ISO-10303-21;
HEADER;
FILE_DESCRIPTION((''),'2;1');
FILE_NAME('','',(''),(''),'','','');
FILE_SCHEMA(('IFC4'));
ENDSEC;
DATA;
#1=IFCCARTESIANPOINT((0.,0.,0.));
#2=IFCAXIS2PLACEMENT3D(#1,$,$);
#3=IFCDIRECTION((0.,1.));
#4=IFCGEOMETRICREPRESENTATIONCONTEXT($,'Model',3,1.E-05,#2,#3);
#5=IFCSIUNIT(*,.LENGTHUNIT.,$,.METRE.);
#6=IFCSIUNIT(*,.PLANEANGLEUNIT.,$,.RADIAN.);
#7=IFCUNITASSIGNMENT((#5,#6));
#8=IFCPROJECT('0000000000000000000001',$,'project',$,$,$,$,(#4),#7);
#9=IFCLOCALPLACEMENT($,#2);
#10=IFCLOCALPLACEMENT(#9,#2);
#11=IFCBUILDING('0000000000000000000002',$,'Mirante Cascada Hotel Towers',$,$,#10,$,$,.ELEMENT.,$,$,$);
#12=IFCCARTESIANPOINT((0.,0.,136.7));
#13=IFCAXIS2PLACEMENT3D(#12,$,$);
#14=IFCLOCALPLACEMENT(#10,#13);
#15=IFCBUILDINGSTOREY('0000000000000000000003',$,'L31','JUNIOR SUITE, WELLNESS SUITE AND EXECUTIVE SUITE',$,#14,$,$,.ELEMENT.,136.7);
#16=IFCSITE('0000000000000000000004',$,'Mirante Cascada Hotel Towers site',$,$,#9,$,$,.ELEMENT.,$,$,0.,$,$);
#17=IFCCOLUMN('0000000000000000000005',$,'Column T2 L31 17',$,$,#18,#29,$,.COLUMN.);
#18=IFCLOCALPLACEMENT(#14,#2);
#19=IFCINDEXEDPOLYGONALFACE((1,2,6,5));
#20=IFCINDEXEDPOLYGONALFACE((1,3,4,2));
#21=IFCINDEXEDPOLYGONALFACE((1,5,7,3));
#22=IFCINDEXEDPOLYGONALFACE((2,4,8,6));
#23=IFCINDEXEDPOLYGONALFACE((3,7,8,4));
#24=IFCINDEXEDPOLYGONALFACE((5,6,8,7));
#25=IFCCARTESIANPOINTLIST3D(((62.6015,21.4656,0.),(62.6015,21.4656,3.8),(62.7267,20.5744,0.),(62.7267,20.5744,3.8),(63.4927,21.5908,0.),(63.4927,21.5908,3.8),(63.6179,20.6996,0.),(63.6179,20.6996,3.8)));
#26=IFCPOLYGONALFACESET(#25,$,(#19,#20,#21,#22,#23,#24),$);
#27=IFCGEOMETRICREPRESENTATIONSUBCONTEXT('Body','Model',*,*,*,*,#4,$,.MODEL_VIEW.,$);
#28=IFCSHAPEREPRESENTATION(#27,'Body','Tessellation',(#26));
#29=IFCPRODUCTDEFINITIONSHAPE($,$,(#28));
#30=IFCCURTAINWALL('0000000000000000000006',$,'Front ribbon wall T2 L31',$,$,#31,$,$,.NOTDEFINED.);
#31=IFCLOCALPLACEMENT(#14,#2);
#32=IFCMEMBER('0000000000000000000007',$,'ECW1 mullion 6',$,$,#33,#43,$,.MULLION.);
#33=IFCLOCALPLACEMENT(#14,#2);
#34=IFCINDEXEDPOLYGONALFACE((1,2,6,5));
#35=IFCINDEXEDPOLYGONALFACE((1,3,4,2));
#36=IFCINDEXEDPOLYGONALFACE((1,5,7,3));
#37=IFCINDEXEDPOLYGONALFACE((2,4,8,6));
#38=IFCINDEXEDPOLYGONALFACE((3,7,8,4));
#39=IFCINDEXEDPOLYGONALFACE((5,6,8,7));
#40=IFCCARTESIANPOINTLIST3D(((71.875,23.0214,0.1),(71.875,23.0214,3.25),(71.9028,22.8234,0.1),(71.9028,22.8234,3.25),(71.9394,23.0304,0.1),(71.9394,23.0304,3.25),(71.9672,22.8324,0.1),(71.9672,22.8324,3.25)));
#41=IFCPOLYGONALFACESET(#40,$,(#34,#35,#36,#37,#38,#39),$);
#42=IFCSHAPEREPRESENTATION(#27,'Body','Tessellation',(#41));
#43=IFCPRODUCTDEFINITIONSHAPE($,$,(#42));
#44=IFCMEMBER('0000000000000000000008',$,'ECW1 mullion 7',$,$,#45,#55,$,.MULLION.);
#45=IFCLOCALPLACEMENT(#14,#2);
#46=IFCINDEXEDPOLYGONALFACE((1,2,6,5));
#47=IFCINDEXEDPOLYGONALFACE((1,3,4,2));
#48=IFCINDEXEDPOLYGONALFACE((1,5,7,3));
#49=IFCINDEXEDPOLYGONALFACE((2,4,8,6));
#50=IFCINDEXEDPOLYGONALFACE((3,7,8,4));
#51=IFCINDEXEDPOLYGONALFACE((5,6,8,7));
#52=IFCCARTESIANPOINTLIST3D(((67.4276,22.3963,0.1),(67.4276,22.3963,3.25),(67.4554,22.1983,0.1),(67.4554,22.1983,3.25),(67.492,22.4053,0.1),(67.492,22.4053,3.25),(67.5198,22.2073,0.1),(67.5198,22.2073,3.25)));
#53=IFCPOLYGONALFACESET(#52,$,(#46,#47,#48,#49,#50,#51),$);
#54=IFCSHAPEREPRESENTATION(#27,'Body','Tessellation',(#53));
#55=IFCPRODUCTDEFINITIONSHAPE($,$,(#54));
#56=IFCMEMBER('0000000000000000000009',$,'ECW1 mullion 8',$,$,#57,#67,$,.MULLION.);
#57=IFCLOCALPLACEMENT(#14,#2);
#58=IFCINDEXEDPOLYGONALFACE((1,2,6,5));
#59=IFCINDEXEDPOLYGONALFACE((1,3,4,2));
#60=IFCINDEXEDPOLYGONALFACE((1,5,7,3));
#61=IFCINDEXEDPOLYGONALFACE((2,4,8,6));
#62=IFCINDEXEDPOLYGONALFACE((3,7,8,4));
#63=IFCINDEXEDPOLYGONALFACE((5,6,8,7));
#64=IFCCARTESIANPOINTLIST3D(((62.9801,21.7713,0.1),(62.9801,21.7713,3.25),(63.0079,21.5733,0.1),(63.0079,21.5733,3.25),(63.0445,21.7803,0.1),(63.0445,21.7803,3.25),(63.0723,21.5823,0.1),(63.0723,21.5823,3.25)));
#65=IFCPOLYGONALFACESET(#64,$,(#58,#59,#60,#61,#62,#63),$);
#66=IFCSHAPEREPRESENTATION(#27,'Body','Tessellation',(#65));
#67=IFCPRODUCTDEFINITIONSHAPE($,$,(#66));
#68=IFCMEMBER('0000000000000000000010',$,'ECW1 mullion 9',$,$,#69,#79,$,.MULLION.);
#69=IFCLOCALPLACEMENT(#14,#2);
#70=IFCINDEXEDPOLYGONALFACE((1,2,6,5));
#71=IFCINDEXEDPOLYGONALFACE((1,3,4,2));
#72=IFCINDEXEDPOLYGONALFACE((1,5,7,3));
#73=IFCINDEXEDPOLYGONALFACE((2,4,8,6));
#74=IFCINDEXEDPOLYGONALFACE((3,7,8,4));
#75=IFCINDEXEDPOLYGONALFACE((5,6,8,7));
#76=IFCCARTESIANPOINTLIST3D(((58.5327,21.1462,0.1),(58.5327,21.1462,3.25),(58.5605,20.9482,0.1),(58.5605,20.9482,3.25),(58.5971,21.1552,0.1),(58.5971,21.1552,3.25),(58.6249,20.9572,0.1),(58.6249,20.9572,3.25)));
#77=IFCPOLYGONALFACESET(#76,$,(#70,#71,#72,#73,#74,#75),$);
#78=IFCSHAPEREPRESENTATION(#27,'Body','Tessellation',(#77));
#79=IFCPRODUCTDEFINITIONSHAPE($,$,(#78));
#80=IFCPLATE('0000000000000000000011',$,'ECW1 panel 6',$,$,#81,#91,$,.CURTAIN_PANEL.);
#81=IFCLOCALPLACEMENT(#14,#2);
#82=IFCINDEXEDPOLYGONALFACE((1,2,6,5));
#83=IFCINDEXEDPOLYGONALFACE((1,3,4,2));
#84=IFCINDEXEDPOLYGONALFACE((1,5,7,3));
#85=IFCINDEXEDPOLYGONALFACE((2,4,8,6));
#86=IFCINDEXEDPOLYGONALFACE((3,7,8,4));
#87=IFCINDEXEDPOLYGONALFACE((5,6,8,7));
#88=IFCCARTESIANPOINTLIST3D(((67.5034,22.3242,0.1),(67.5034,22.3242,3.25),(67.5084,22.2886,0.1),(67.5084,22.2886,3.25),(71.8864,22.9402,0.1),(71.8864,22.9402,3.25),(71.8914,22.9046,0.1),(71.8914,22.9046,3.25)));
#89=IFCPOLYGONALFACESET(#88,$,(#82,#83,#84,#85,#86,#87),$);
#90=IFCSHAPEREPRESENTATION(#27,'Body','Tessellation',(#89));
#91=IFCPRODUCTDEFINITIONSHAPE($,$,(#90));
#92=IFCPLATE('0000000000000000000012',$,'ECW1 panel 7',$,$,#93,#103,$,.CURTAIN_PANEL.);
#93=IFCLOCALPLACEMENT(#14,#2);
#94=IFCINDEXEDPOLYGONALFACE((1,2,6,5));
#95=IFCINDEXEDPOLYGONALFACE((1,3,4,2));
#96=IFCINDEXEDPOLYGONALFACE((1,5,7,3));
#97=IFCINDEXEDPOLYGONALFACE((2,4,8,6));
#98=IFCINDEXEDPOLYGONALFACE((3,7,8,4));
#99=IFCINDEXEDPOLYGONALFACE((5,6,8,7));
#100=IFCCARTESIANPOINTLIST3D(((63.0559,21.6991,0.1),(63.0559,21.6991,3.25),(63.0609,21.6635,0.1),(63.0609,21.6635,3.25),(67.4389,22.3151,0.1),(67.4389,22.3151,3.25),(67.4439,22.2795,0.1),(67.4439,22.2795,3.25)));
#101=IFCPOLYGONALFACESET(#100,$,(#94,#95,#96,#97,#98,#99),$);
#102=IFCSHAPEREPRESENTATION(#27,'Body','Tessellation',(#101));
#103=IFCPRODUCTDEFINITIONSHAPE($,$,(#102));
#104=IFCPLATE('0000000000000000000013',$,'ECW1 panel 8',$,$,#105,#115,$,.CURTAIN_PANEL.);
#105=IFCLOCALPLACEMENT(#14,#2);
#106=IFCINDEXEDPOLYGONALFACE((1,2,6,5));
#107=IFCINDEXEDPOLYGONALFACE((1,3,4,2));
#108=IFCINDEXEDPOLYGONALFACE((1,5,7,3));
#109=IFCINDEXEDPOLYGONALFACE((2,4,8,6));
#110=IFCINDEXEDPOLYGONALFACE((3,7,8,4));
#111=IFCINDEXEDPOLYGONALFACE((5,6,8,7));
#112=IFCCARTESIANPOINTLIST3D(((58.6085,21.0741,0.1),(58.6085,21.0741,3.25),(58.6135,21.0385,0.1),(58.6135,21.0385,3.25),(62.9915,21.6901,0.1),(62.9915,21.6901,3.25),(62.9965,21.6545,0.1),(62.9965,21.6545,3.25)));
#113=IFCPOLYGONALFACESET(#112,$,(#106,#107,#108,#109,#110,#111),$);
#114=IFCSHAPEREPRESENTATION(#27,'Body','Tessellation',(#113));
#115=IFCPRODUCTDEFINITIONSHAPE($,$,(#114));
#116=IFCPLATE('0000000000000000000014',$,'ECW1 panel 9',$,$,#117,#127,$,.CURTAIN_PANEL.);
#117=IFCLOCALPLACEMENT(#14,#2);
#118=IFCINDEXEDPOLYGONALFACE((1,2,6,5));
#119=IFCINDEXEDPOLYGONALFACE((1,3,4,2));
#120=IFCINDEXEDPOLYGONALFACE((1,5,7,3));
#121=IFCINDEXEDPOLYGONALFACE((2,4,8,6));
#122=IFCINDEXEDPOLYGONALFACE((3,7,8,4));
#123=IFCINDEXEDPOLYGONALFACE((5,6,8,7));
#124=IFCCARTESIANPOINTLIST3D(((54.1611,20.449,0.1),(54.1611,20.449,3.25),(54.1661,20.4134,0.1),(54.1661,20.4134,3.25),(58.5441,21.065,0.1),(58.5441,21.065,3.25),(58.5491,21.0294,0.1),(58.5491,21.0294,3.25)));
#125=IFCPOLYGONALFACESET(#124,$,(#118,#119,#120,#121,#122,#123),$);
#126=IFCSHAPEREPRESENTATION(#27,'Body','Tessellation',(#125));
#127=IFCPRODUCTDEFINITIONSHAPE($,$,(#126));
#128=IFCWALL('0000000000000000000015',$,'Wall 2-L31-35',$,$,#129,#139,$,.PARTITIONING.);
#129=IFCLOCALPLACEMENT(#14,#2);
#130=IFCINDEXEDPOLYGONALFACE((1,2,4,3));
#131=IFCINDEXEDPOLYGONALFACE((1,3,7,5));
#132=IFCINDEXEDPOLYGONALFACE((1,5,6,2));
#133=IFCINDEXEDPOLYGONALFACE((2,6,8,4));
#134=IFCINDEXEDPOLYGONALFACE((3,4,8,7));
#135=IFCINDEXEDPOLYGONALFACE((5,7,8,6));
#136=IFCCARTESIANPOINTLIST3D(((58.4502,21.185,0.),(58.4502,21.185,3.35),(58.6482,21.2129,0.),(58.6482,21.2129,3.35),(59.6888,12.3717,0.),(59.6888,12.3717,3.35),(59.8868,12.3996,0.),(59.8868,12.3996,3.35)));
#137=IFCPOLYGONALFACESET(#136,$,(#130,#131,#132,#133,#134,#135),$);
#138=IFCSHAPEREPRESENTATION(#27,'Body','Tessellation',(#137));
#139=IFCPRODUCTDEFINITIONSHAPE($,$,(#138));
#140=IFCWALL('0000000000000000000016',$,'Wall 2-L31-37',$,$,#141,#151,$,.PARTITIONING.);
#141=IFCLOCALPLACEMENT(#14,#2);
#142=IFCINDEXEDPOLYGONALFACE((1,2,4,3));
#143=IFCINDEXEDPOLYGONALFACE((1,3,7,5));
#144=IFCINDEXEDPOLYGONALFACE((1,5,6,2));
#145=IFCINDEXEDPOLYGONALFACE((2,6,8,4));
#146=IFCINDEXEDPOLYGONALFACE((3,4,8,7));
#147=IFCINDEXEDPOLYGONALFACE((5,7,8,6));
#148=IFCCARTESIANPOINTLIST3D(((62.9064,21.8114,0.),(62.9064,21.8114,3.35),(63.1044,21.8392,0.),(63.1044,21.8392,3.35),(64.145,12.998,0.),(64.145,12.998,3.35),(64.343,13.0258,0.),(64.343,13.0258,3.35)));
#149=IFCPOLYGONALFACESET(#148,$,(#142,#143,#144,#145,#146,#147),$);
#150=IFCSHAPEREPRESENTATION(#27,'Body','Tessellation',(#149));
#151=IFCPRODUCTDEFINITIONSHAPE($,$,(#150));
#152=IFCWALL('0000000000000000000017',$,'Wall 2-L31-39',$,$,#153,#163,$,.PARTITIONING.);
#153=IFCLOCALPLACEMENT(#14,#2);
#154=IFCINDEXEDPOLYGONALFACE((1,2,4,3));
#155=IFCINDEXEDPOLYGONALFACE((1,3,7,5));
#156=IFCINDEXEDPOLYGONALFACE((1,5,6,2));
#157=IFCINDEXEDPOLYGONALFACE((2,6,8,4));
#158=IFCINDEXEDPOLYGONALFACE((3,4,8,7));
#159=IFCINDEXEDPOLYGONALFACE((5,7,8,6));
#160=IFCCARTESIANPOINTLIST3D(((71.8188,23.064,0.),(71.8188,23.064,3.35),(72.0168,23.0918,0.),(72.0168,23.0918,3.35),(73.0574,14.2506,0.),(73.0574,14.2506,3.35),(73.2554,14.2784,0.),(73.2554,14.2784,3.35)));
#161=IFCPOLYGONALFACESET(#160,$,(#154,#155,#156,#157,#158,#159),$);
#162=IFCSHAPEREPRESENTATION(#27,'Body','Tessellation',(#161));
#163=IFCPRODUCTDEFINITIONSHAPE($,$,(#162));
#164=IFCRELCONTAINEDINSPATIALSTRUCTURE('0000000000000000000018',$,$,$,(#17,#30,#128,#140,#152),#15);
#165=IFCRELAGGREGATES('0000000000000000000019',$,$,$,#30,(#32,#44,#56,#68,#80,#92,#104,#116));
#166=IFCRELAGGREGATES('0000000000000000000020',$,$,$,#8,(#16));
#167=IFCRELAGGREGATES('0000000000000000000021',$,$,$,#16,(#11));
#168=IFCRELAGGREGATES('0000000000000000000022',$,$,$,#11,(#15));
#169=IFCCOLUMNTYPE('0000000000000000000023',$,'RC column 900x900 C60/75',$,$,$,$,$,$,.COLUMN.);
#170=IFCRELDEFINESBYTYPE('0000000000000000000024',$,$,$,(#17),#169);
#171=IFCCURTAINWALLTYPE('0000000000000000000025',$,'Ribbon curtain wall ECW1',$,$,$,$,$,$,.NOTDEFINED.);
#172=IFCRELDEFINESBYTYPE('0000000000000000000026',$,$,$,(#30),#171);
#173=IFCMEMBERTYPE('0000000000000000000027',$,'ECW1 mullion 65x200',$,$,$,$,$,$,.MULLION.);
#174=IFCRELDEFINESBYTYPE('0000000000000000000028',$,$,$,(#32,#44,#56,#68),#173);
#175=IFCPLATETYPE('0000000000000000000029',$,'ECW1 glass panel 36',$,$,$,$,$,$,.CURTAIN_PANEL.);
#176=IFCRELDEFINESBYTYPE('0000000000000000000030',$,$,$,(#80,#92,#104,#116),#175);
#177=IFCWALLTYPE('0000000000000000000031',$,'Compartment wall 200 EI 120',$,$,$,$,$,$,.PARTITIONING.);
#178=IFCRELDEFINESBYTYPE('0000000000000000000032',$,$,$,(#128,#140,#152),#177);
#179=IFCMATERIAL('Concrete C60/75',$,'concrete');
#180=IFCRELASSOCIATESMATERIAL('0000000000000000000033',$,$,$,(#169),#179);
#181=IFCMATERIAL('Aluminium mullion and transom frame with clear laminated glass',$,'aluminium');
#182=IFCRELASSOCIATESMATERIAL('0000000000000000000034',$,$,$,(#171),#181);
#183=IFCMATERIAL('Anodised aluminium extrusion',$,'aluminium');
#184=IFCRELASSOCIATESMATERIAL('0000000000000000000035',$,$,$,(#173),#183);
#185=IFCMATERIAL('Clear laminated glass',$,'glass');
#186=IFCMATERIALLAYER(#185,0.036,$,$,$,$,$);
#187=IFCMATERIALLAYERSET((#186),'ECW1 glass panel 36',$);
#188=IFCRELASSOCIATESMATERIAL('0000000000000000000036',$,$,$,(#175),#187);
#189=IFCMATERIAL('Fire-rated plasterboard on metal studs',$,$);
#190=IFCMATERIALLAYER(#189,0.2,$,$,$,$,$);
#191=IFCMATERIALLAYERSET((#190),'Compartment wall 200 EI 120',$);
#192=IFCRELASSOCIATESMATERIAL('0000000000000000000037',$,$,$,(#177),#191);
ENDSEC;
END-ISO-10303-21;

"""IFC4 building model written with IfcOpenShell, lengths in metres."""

from ifc_helpers import new_model, si_unit, direction, frame, frame_2d, origin, origin_2d, place, context, subcontext, project, spatial, rectangle, extrude, material, layer, layer_set, material_profile, profile_set, type_object, element, aggregate, save


model = new_model("IFC4")

# Units and contexts
model_context = context("Model", 3, precision=1e-05, world=origin(), true_north=direction((0.0, 1.0)))
body_context = subcontext(model_context, "Body", "Model", "MODEL_VIEW")
ifc_project = project(units=[si_unit("LENGTHUNIT", "METRE"), si_unit("PLANEANGLEUNIT", "RADIAN")], contexts=[model_context])

# Site, building, storey
site_placement = place(None, origin())
site = spatial("IfcSite", under=ifc_project, at=site_placement, Name="Mirante Cascada Hotel Towers site", CompositionType="ELEMENT", RefElevation=0.0)
building_placement = place(site_placement, origin())
building = spatial("IfcBuilding", under=site, at=building_placement, Name="Mirante Cascada Hotel Towers", CompositionType="ELEMENT")
storey_placement = place(building_placement, frame((0.0, 0.0, 136.7)))
storey = spatial("IfcBuildingStorey", under=building, at=storey_placement, Name="L31", Description="JUNIOR SUITE, WELLNESS SUITE AND EXECUTIVE SUITE", CompositionType="ELEMENT", Elevation=136.7)

# Column
ifc_material_1 = material(Name="Concrete C60/75", Category="concrete")
ifc_material_profile_1 = material_profile(ifc_material_1, rectangle(XDim=0.9, YDim=0.9, at=origin_2d()), Name="RC column 900x900 C60/75")
ifc_profile_set_1 = profile_set([ifc_material_profile_1], Name="Concrete C60/75")
column_type = type_object("IfcColumnType", Name="RC column 900x900 C60/75", PredefinedType="COLUMN", material=ifc_profile_set_1)
column_placement = place(storey_placement, frame((63.1097, 21.0826, 0.0), z_axis=(0.0, 0.0, 1.0), x_axis=(0.990268, 0.139173, 0.0)))
element("IfcColumn", 1, at=column_placement, inside=storey, type_object=column_type, Name="Column T2 L31 17", PredefinedType="COLUMN", context=body_context, shape_type="SweptSolid", body=[
    extrude(rectangle(XDim=0.9, YDim=0.9, at=origin_2d()), origin(), (0.0, 0.0, 1.0), 3.8),
])

# Curtain wall, members, plates
ifc_material_2 = material(Name="Aluminium mullion and transom frame with clear laminated glass", Category="aluminium")
curtain_wall_type = type_object("IfcCurtainWallType", Name="Ribbon curtain wall ECW1", PredefinedType="NOTDEFINED", material=ifc_material_2)
curtain_wall_placement = place(storey_placement, origin())
curtain_wall = element("IfcCurtainWall", 2, at=curtain_wall_placement, inside=storey, type_object=curtain_wall_type, Name="Front ribbon wall T2 L31", PredefinedType="NOTDEFINED")
ifc_material_3 = material(Name="Anodised aluminium extrusion", Category="aluminium")
ifc_material_profile_2 = material_profile(ifc_material_3, rectangle(XDim=0.2, YDim=0.065, at=origin_2d()), Name="ECW1 MULLION 65x200")
ifc_profile_set_2 = profile_set([ifc_material_profile_2], Name="Anodised aluminium extrusion")
member_type = type_object("IfcMemberType", Name="ECW1 mullion 65x200", PredefinedType="MULLION", material=ifc_profile_set_2)
member_1_placement = place(storey_placement, frame((71.9211, 22.9269, 0.1), z_axis=(0.0, 0.0, 1.0), x_axis=(0.139173, -0.990268, 0.0)))
member_1 = element("IfcMember", 3, at=member_1_placement, type_object=member_type, Name="ECW1 mullion 6", PredefinedType="MULLION", context=body_context, shape_type="SweptSolid", body=[
    extrude(rectangle(XDim=0.2, YDim=0.065, at=origin_2d()), origin(), (0.0, 0.0, 1.0), 3.15),
])
member_2_placement = place(storey_placement, frame((67.4737, 22.3018, 0.1), z_axis=(0.0, 0.0, 1.0), x_axis=(0.139173, -0.990268, 0.0)))
member_2 = element("IfcMember", 4, at=member_2_placement, type_object=member_type, Name="ECW1 mullion 7", PredefinedType="MULLION", context=body_context, shape_type="SweptSolid", body=[
    extrude(rectangle(XDim=0.2, YDim=0.065, at=origin_2d()), origin(), (0.0, 0.0, 1.0), 3.15),
])
member_3_placement = place(storey_placement, frame((63.0262, 21.6768, 0.1), z_axis=(0.0, 0.0, 1.0), x_axis=(0.139173, -0.990268, 0.0)))
member_3 = element("IfcMember", 5, at=member_3_placement, type_object=member_type, Name="ECW1 mullion 8", PredefinedType="MULLION", context=body_context, shape_type="SweptSolid", body=[
    extrude(rectangle(XDim=0.2, YDim=0.065, at=origin_2d()), origin(), (0.0, 0.0, 1.0), 3.15),
])
member_4_placement = place(storey_placement, frame((58.5788, 21.0517, 0.1), z_axis=(0.0, 0.0, 1.0), x_axis=(0.139173, -0.990268, 0.0)))
member_4 = element("IfcMember", 6, at=member_4_placement, type_object=member_type, Name="ECW1 mullion 9", PredefinedType="MULLION", context=body_context, shape_type="SweptSolid", body=[
    extrude(rectangle(XDim=0.2, YDim=0.065, at=origin_2d()), origin(), (0.0, 0.0, 1.0), 3.15),
])
ifc_material_4 = material(Name="Clear laminated glass", Category="glass")
ifc_layer_1 = layer(ifc_material_4, 0.036)
ifc_layer_set_1 = layer_set([ifc_layer_1], Name="ECW1 glass panel 36")
plate_type = type_object("IfcPlateType", Name="ECW1 glass panel 36", PredefinedType="CURTAIN_PANEL", material=ifc_layer_set_1)
plate_1_placement = place(storey_placement, frame((69.6974, 22.6144, 0.1), z_axis=(0.0, 0.0, 1.0), x_axis=(-0.990268, -0.139173, 0.0)))
plate_1 = element("IfcPlate", 7, at=plate_1_placement, type_object=plate_type, Name="ECW1 panel 6", PredefinedType="CURTAIN_PANEL", context=body_context, shape_type="SweptSolid", body=[
    extrude(rectangle(XDim=4.4261, YDim=0.036, at=origin_2d()), origin(), (0.0, 0.0, 1.0), 3.15),
])
plate_2_placement = place(storey_placement, frame((65.2499, 21.9893, 0.1), z_axis=(0.0, 0.0, 1.0), x_axis=(-0.990268, -0.139173, 0.0)))
plate_2 = element("IfcPlate", 8, at=plate_2_placement, type_object=plate_type, Name="ECW1 panel 7", PredefinedType="CURTAIN_PANEL", context=body_context, shape_type="SweptSolid", body=[
    extrude(rectangle(XDim=4.4261, YDim=0.036, at=origin_2d()), origin(), (0.0, 0.0, 1.0), 3.15),
])
plate_3_placement = place(storey_placement, frame((60.8025, 21.3643, 0.1), z_axis=(0.0, 0.0, 1.0), x_axis=(-0.990268, -0.139173, 0.0)))
plate_3 = element("IfcPlate", 9, at=plate_3_placement, type_object=plate_type, Name="ECW1 panel 8", PredefinedType="CURTAIN_PANEL", context=body_context, shape_type="SweptSolid", body=[
    extrude(rectangle(XDim=4.4261, YDim=0.036, at=origin_2d()), origin(), (0.0, 0.0, 1.0), 3.15),
])
plate_4_placement = place(storey_placement, frame((56.3551, 20.7392, 0.1), z_axis=(0.0, 0.0, 1.0), x_axis=(-0.990268, -0.139173, 0.0)))
plate_4 = element("IfcPlate", 10, at=plate_4_placement, type_object=plate_type, Name="ECW1 panel 9", PredefinedType="CURTAIN_PANEL", context=body_context, shape_type="SweptSolid", body=[
    extrude(rectangle(XDim=4.4261, YDim=0.036, at=origin_2d()), origin(), (0.0, 0.0, 1.0), 3.15),
])
aggregate(curtain_wall, [member_1, member_2, member_3, member_4, plate_1, plate_2, plate_3, plate_4])

# Walls
ifc_material_5 = material(Name="Fire-rated plasterboard on metal studs")
ifc_layer_2 = layer(ifc_material_5, 0.2)
ifc_layer_set_2 = layer_set([ifc_layer_2], Name="Compartment wall 200 EI 120")
wall_type_1 = type_object("IfcWallType", Name="Compartment wall 200 EI 120", PredefinedType="PARTITIONING", material=ifc_layer_set_2)
wall_1_placement = place(storey_placement, frame((58.5492, 21.199, 0.0), z_axis=(0.0, 0.0, 1.0), x_axis=(0.13917, -0.990268, 0.0)))
element("IfcWall", 11, at=wall_1_placement, inside=storey, type_object=wall_type_1, Name="Wall 2-L31-35", PredefinedType="PARTITIONING", context=body_context, shape_type="SweptSolid", body=[
    extrude(rectangle(XDim=8.8999, YDim=0.2, at=frame_2d((4.45, 0.0))), origin(), (0.0, 0.0, 1.0), 3.35),
])
for number, where, z_axis, x_axis, name in (
    (12, (63.0054, 21.8253, 0.0), (0.0, 0.0, 1.0), (0.139168, -0.990269, 0.0), "Wall 2-L31-37"),
    (13, (71.9178, 23.0779, 0.0), (0.0, 0.0, 1.0), (0.139168, -0.990269, 0.0), "Wall 2-L31-39"),
):
    element("IfcWall", number, at=place(storey_placement, frame(where, z_axis=z_axis, x_axis=x_axis)), inside=storey, type_object=wall_type_1, Name=name, PredefinedType="PARTITIONING", context=body_context, shape_type="SweptSolid", body=[
        extrude(rectangle(XDim=8.9, YDim=0.2, at=frame_2d((4.45, 0.0))), origin(), (0.0, 0.0, 1.0), 3.35),
    ])

save(model, "model.ifc")
